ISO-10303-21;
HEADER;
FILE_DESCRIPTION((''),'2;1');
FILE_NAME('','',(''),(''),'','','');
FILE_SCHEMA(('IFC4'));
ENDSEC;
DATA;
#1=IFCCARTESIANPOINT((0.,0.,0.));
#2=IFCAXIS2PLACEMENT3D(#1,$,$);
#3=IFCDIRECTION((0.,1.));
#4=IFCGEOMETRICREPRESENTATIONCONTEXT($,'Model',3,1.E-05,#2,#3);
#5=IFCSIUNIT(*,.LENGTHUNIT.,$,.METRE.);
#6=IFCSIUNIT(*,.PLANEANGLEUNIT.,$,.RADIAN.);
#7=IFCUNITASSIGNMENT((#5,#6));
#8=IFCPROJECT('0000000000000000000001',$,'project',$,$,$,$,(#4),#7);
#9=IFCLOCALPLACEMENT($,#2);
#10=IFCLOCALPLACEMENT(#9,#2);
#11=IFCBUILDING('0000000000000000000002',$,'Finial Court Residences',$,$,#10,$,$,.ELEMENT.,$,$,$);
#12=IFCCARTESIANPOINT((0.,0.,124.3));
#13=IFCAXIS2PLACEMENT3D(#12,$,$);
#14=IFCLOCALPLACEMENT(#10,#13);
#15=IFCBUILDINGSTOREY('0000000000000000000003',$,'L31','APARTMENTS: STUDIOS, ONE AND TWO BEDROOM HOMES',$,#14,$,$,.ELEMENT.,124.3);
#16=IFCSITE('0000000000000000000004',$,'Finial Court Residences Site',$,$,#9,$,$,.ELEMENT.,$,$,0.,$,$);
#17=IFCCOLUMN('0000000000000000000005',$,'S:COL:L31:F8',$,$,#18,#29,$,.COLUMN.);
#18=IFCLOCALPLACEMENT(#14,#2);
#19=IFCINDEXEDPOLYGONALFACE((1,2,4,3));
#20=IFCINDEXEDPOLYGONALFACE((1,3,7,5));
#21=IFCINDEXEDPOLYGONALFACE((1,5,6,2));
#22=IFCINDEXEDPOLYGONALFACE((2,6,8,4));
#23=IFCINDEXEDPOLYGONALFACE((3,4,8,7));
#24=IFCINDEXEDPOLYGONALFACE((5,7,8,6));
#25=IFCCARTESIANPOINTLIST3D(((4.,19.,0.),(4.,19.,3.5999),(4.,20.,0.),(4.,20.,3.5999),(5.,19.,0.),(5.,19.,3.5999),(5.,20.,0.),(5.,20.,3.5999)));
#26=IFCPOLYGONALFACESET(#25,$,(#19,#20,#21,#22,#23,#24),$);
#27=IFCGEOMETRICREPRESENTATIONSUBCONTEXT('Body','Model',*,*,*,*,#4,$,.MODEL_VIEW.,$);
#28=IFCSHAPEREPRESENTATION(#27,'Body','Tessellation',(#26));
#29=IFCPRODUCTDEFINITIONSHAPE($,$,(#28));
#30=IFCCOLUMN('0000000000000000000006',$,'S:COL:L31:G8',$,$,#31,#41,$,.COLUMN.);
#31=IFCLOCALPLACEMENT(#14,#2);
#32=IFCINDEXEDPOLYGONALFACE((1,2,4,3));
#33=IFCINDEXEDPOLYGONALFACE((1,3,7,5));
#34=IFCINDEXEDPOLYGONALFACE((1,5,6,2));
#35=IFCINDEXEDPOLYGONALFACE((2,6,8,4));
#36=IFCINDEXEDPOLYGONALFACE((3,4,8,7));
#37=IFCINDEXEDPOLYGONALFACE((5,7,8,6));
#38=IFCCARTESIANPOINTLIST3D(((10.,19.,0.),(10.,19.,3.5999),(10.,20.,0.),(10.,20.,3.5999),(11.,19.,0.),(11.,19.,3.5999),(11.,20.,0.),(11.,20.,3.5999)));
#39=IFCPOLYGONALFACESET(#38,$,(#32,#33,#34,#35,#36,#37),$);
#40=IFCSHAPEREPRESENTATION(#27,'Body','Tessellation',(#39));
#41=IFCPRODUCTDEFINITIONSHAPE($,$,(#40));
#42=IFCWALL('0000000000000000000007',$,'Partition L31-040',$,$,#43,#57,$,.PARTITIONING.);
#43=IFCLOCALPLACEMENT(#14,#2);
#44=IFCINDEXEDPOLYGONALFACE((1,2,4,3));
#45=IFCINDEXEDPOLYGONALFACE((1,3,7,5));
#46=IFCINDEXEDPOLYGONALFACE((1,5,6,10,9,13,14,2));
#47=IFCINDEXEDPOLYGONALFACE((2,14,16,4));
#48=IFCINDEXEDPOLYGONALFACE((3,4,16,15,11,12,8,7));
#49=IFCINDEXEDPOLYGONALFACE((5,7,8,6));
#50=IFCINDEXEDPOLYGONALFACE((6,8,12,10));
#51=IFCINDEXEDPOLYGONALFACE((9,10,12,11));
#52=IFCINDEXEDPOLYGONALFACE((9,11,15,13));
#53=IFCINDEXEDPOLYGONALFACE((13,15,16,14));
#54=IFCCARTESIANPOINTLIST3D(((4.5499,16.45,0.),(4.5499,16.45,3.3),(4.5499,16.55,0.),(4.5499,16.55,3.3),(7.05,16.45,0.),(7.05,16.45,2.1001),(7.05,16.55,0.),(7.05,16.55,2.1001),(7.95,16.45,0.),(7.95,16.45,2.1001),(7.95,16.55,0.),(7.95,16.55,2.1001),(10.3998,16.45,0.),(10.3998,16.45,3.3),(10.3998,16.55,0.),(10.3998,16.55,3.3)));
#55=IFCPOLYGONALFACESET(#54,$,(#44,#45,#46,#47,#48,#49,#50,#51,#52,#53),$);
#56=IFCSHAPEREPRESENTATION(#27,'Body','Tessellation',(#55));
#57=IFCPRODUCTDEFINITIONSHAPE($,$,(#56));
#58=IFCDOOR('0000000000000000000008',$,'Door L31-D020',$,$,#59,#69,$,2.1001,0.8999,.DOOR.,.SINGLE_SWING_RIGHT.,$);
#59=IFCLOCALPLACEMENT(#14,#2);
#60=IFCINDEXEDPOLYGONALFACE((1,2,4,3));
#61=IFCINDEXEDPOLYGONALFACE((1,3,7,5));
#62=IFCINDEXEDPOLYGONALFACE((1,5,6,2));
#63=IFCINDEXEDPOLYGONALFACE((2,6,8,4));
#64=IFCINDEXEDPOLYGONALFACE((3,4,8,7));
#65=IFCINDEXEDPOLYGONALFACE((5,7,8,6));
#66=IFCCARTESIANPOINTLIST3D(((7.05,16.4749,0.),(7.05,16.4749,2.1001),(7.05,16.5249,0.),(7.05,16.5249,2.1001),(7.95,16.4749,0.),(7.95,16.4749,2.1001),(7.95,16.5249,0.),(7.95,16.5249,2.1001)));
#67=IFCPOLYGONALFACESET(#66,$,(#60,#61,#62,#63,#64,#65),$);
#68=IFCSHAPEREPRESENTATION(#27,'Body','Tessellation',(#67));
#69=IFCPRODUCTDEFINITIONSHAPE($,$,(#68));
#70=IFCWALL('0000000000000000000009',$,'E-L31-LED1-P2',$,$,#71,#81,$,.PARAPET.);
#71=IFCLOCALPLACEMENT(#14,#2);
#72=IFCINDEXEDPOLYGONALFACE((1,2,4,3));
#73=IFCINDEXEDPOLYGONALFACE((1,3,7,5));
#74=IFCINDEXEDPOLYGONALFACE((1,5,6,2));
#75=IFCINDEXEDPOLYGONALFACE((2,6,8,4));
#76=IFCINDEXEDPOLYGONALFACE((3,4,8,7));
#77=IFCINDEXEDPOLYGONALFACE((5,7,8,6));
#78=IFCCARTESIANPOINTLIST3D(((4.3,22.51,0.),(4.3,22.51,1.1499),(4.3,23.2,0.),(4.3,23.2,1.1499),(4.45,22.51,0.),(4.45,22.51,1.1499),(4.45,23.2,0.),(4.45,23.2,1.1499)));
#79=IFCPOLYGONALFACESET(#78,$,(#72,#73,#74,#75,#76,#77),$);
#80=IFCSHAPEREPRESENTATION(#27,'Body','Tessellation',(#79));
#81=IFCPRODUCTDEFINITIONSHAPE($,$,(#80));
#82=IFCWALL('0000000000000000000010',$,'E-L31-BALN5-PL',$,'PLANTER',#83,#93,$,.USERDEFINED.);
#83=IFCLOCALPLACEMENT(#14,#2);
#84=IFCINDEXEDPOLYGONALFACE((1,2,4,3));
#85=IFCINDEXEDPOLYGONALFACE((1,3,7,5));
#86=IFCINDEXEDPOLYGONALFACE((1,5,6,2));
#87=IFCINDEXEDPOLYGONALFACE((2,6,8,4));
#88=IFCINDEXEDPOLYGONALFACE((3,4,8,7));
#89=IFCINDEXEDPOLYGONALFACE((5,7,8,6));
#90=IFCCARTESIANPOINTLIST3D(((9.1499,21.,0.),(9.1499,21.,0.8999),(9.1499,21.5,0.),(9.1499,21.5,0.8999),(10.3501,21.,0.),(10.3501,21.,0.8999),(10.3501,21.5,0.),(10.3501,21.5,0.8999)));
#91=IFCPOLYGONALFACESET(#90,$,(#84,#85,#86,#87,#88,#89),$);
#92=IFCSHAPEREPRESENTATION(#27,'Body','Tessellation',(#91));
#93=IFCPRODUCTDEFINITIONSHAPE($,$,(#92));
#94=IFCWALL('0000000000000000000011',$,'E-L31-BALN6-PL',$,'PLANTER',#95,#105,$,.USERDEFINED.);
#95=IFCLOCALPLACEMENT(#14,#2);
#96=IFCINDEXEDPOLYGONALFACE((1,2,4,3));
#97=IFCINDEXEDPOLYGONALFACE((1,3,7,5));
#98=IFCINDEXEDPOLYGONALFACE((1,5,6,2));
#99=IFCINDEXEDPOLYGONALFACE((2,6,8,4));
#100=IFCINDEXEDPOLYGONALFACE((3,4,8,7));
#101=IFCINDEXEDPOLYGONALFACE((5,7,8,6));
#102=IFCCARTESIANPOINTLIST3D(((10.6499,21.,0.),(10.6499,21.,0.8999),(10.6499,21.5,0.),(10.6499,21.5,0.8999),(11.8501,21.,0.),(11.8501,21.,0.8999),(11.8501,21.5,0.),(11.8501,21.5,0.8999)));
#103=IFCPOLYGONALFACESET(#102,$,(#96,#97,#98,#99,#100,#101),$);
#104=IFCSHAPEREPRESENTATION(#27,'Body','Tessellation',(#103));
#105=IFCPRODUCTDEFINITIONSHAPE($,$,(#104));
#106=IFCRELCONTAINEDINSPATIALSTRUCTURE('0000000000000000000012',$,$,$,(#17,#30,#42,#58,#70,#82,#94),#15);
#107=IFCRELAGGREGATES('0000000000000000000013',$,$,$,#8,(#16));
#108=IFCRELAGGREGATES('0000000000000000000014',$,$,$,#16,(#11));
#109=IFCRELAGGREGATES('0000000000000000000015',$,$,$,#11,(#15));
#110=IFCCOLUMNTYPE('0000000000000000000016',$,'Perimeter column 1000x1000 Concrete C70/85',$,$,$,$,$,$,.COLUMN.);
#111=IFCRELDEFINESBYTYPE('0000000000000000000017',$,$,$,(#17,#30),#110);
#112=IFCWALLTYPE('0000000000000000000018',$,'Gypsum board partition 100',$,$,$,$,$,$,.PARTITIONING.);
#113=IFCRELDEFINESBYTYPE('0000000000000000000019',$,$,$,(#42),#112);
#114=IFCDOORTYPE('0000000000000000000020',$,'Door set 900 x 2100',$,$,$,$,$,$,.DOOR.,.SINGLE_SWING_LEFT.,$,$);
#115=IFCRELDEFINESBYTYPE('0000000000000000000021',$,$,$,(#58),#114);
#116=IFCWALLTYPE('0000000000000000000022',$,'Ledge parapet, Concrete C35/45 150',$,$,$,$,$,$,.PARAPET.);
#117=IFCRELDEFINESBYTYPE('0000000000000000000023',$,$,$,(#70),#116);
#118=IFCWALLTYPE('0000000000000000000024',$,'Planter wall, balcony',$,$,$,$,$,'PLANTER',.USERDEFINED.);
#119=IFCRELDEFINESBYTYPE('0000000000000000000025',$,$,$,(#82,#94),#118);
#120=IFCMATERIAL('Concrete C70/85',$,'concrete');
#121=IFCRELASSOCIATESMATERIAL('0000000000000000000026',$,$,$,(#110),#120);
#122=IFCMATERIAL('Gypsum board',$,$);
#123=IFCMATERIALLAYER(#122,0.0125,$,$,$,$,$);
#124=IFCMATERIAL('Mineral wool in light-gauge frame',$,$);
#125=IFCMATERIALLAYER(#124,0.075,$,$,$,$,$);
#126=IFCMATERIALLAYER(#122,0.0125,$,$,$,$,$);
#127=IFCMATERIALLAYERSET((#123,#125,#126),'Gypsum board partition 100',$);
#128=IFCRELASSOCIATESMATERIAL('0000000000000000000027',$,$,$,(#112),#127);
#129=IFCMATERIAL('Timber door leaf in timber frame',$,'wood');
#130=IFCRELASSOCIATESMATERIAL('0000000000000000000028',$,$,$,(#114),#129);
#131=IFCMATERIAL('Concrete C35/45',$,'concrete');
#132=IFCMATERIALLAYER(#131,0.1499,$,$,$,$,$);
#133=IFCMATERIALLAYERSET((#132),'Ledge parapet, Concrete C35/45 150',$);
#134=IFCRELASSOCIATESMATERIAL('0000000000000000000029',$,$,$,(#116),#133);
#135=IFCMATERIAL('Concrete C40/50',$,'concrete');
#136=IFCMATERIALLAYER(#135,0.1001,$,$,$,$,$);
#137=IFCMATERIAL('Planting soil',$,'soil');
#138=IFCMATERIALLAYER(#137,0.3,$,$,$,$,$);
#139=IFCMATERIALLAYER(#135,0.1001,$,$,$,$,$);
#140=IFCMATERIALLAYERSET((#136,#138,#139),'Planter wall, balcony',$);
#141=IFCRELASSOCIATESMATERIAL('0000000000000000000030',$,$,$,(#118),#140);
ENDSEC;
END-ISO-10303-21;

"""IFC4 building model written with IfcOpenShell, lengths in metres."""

from ifc_helpers import new_model, si_unit, direction, frame, frame_2d, origin, origin_2d, place, context, subcontext, project, spatial, rectangle, extrude, material, layer, layer_set, material_profile, profile_set, type_object, element, fill, save


model = new_model("IFC4")

# Units and contexts
model_context = context("Model", 3, precision=1e-05, world=origin(), true_north=direction((0.0, 1.0)))
body_context = subcontext(model_context, "Body", "Model", "MODEL_VIEW")
ifc_project = project(units=[si_unit("LENGTHUNIT", "METRE"), si_unit("PLANEANGLEUNIT", "RADIAN")], contexts=[model_context])

# Site, building, storey
site_placement = place(None, origin())
site = spatial("IfcSite", under=ifc_project, at=site_placement, Name="Finial Court Residences Site", CompositionType="ELEMENT", RefElevation=0.0)
building_placement = place(site_placement, origin())
building = spatial("IfcBuilding", under=site, at=building_placement, Name="Finial Court Residences", CompositionType="ELEMENT")
storey_placement = place(building_placement, frame((0.0, 0.0, 124.3)))
storey = spatial("IfcBuildingStorey", under=building, at=storey_placement, Name="L31", Description="APARTMENTS: STUDIOS, ONE AND TWO BEDROOM HOMES", CompositionType="ELEMENT", Elevation=124.3)

# Columns
ifc_material_1 = material(Name="Concrete C70/85", Category="concrete")
ifc_material_profile = material_profile(ifc_material_1, rectangle(XDim=1.0, YDim=1.0, at=origin_2d()), Name="1000x1000")
ifc_profile_set = profile_set([ifc_material_profile], Name="Concrete C70/85")
column_type = type_object("IfcColumnType", Name="Perimeter column 1000x1000 Concrete C70/85", PredefinedType="COLUMN", material=ifc_profile_set)
for number, where, z_axis, x_axis, name in (
    (1, (4.5, 19.5, 0.0), (0.0, 0.0, 1.0), (1.0, 0.0, 0.0), "S:COL:L31:F8"),
    (2, (10.5, 19.5, 0.0), (0.0, 0.0, 1.0), (1.0, 0.0, 0.0), "S:COL:L31:G8"),
):
    element("IfcColumn", number, at=place(storey_placement, frame(where, z_axis=z_axis, x_axis=x_axis)), inside=storey, type_object=column_type, Name=name, PredefinedType="COLUMN", context=body_context, shape_type="SweptSolid", body=[
        extrude(rectangle(XDim=1.0, YDim=1.0, at=origin_2d()), origin(), (0.0, 0.0, 1.0), 3.5999),
    ])

# Wall, opening, door
ifc_material_2 = material(Name="Gypsum board")
ifc_layer_1 = layer(ifc_material_2, 0.0125)
ifc_material_3 = material(Name="Mineral wool in light-gauge frame")
ifc_layer_2 = layer(ifc_material_3, 0.075)
ifc_layer_3 = layer(ifc_material_2, 0.0125)
ifc_layer_set_1 = layer_set([ifc_layer_1, ifc_layer_2, ifc_layer_3], Name="Gypsum board partition 100")
wall_type_1 = type_object("IfcWallType", Name="Gypsum board partition 100", PredefinedType="PARTITIONING", material=ifc_layer_set_1)
wall_1_placement = place(storey_placement, frame((4.55, 16.5, 0.0), z_axis=(0.0, 0.0, 1.0), x_axis=(1.0, 0.0, 0.0)))
wall_1 = element("IfcWall", 3, at=wall_1_placement, inside=storey, type_object=wall_type_1, Name="Partition L31-040", PredefinedType="PARTITIONING", context=body_context, shape_type="SweptSolid", body=[
    extrude(rectangle(XDim=5.8499, YDim=0.1001, at=frame_2d((2.9248, 0.0))), origin(), (0.0, 0.0, 1.0), 3.3),
])
opening_1_placement = place(wall_1_placement, frame((2.5, 0.0, 0.0)))
opening_1 = element("IfcOpeningElement", 4, at=opening_1_placement, cuts=wall_1, PredefinedType="OPENING", context=body_context, shape_type="SweptSolid", body=[
    extrude(rectangle(XDim=0.8999, YDim=2.1001, at=frame_2d((0.45, 1.05))), frame((0.0, 0.0601, 0.0), z_axis=(0.0, -1.0, 0.0), x_axis=(1.0, 0.0, 0.0)), (0.0, 0.0, 1.0), 0.1201),
])
ifc_material_4 = material(Name="Timber door leaf in timber frame", Category="wood")
door_type_1 = type_object("IfcDoorType", Name="Door set 900 x 2100", OperationType="SINGLE_SWING_LEFT", PredefinedType="DOOR", material=ifc_material_4)
door_1_placement = place(opening_1_placement, origin())
door_1 = element("IfcDoor", 5, at=door_1_placement, inside=storey, type_object=door_type_1, Name="Door L31-D020", OperationType="SINGLE_SWING_RIGHT", OverallHeight=2.1001, OverallWidth=0.8999, PredefinedType="DOOR", context=body_context, shape_type="SweptSolid", body=[
    extrude(rectangle(XDim=0.8999, YDim=2.1001, at=frame_2d((0.45, 1.05))), frame((0.0, 0.0249, 0.0), z_axis=(0.0, -1.0, 0.0), x_axis=(1.0, 0.0, 0.0)), (0.0, 0.0, 1.0), 0.05),
])
fill(opening_1, door_1)

# Wall
ifc_material_5 = material(Name="Concrete C35/45", Category="concrete")
ifc_layer_4 = layer(ifc_material_5, 0.1499)
ifc_layer_set_2 = layer_set([ifc_layer_4], Name="Ledge parapet, Concrete C35/45 150")
wall_type_2 = type_object("IfcWallType", Name="Ledge parapet, Concrete C35/45 150", PredefinedType="PARAPET", material=ifc_layer_set_2)
wall_2_placement = place(storey_placement, frame((4.375, 23.2, 0.0), z_axis=(0.0, 0.0, 1.0), x_axis=(0.0, -1.0, 0.0)))
element("IfcWall", 6, at=wall_2_placement, inside=storey, type_object=wall_type_2, Name="E-L31-LED1-P2", PredefinedType="PARAPET", context=body_context, shape_type="SweptSolid", body=[
    extrude(rectangle(XDim=0.6899, YDim=0.1499, at=frame_2d((0.345, 0.0))), origin(), (0.0, 0.0, 1.0), 1.1499),
])

# Walls
ifc_material_6 = material(Name="Concrete C40/50", Category="concrete")
ifc_layer_5 = layer(ifc_material_6, 0.1001)
ifc_material_7 = material(Name="Planting soil", Category="soil")
ifc_layer_6 = layer(ifc_material_7, 0.3)
ifc_layer_7 = layer(ifc_material_6, 0.1001)
ifc_layer_set_3 = layer_set([ifc_layer_5, ifc_layer_6, ifc_layer_7], Name="Planter wall, balcony")
wall_type_3 = type_object("IfcWallType", Name="Planter wall, balcony", ElementType="PLANTER", PredefinedType="USERDEFINED", material=ifc_layer_set_3)
for number, where, z_axis, x_axis, name in (
    (7, (9.1499, 21.25, 0.0), (0.0, 0.0, 1.0), (1.0, 0.0, 0.0), "E-L31-BALN5-PL"),
    (8, (10.6499, 21.25, 0.0), (0.0, 0.0, 1.0), (1.0, 0.0, 0.0), "E-L31-BALN6-PL"),
):
    element("IfcWall", number, at=place(storey_placement, frame(where, z_axis=z_axis, x_axis=x_axis)), inside=storey, type_object=wall_type_3, Name=name, ObjectType="PLANTER", PredefinedType="USERDEFINED", context=body_context, shape_type="SweptSolid", body=[
        extrude(rectangle(XDim=1.2002, YDim=0.5, at=frame_2d((0.6001, 0.0))), origin(), (0.0, 0.0, 1.0), 0.8999),
    ])

save(model, "model.ifc")
